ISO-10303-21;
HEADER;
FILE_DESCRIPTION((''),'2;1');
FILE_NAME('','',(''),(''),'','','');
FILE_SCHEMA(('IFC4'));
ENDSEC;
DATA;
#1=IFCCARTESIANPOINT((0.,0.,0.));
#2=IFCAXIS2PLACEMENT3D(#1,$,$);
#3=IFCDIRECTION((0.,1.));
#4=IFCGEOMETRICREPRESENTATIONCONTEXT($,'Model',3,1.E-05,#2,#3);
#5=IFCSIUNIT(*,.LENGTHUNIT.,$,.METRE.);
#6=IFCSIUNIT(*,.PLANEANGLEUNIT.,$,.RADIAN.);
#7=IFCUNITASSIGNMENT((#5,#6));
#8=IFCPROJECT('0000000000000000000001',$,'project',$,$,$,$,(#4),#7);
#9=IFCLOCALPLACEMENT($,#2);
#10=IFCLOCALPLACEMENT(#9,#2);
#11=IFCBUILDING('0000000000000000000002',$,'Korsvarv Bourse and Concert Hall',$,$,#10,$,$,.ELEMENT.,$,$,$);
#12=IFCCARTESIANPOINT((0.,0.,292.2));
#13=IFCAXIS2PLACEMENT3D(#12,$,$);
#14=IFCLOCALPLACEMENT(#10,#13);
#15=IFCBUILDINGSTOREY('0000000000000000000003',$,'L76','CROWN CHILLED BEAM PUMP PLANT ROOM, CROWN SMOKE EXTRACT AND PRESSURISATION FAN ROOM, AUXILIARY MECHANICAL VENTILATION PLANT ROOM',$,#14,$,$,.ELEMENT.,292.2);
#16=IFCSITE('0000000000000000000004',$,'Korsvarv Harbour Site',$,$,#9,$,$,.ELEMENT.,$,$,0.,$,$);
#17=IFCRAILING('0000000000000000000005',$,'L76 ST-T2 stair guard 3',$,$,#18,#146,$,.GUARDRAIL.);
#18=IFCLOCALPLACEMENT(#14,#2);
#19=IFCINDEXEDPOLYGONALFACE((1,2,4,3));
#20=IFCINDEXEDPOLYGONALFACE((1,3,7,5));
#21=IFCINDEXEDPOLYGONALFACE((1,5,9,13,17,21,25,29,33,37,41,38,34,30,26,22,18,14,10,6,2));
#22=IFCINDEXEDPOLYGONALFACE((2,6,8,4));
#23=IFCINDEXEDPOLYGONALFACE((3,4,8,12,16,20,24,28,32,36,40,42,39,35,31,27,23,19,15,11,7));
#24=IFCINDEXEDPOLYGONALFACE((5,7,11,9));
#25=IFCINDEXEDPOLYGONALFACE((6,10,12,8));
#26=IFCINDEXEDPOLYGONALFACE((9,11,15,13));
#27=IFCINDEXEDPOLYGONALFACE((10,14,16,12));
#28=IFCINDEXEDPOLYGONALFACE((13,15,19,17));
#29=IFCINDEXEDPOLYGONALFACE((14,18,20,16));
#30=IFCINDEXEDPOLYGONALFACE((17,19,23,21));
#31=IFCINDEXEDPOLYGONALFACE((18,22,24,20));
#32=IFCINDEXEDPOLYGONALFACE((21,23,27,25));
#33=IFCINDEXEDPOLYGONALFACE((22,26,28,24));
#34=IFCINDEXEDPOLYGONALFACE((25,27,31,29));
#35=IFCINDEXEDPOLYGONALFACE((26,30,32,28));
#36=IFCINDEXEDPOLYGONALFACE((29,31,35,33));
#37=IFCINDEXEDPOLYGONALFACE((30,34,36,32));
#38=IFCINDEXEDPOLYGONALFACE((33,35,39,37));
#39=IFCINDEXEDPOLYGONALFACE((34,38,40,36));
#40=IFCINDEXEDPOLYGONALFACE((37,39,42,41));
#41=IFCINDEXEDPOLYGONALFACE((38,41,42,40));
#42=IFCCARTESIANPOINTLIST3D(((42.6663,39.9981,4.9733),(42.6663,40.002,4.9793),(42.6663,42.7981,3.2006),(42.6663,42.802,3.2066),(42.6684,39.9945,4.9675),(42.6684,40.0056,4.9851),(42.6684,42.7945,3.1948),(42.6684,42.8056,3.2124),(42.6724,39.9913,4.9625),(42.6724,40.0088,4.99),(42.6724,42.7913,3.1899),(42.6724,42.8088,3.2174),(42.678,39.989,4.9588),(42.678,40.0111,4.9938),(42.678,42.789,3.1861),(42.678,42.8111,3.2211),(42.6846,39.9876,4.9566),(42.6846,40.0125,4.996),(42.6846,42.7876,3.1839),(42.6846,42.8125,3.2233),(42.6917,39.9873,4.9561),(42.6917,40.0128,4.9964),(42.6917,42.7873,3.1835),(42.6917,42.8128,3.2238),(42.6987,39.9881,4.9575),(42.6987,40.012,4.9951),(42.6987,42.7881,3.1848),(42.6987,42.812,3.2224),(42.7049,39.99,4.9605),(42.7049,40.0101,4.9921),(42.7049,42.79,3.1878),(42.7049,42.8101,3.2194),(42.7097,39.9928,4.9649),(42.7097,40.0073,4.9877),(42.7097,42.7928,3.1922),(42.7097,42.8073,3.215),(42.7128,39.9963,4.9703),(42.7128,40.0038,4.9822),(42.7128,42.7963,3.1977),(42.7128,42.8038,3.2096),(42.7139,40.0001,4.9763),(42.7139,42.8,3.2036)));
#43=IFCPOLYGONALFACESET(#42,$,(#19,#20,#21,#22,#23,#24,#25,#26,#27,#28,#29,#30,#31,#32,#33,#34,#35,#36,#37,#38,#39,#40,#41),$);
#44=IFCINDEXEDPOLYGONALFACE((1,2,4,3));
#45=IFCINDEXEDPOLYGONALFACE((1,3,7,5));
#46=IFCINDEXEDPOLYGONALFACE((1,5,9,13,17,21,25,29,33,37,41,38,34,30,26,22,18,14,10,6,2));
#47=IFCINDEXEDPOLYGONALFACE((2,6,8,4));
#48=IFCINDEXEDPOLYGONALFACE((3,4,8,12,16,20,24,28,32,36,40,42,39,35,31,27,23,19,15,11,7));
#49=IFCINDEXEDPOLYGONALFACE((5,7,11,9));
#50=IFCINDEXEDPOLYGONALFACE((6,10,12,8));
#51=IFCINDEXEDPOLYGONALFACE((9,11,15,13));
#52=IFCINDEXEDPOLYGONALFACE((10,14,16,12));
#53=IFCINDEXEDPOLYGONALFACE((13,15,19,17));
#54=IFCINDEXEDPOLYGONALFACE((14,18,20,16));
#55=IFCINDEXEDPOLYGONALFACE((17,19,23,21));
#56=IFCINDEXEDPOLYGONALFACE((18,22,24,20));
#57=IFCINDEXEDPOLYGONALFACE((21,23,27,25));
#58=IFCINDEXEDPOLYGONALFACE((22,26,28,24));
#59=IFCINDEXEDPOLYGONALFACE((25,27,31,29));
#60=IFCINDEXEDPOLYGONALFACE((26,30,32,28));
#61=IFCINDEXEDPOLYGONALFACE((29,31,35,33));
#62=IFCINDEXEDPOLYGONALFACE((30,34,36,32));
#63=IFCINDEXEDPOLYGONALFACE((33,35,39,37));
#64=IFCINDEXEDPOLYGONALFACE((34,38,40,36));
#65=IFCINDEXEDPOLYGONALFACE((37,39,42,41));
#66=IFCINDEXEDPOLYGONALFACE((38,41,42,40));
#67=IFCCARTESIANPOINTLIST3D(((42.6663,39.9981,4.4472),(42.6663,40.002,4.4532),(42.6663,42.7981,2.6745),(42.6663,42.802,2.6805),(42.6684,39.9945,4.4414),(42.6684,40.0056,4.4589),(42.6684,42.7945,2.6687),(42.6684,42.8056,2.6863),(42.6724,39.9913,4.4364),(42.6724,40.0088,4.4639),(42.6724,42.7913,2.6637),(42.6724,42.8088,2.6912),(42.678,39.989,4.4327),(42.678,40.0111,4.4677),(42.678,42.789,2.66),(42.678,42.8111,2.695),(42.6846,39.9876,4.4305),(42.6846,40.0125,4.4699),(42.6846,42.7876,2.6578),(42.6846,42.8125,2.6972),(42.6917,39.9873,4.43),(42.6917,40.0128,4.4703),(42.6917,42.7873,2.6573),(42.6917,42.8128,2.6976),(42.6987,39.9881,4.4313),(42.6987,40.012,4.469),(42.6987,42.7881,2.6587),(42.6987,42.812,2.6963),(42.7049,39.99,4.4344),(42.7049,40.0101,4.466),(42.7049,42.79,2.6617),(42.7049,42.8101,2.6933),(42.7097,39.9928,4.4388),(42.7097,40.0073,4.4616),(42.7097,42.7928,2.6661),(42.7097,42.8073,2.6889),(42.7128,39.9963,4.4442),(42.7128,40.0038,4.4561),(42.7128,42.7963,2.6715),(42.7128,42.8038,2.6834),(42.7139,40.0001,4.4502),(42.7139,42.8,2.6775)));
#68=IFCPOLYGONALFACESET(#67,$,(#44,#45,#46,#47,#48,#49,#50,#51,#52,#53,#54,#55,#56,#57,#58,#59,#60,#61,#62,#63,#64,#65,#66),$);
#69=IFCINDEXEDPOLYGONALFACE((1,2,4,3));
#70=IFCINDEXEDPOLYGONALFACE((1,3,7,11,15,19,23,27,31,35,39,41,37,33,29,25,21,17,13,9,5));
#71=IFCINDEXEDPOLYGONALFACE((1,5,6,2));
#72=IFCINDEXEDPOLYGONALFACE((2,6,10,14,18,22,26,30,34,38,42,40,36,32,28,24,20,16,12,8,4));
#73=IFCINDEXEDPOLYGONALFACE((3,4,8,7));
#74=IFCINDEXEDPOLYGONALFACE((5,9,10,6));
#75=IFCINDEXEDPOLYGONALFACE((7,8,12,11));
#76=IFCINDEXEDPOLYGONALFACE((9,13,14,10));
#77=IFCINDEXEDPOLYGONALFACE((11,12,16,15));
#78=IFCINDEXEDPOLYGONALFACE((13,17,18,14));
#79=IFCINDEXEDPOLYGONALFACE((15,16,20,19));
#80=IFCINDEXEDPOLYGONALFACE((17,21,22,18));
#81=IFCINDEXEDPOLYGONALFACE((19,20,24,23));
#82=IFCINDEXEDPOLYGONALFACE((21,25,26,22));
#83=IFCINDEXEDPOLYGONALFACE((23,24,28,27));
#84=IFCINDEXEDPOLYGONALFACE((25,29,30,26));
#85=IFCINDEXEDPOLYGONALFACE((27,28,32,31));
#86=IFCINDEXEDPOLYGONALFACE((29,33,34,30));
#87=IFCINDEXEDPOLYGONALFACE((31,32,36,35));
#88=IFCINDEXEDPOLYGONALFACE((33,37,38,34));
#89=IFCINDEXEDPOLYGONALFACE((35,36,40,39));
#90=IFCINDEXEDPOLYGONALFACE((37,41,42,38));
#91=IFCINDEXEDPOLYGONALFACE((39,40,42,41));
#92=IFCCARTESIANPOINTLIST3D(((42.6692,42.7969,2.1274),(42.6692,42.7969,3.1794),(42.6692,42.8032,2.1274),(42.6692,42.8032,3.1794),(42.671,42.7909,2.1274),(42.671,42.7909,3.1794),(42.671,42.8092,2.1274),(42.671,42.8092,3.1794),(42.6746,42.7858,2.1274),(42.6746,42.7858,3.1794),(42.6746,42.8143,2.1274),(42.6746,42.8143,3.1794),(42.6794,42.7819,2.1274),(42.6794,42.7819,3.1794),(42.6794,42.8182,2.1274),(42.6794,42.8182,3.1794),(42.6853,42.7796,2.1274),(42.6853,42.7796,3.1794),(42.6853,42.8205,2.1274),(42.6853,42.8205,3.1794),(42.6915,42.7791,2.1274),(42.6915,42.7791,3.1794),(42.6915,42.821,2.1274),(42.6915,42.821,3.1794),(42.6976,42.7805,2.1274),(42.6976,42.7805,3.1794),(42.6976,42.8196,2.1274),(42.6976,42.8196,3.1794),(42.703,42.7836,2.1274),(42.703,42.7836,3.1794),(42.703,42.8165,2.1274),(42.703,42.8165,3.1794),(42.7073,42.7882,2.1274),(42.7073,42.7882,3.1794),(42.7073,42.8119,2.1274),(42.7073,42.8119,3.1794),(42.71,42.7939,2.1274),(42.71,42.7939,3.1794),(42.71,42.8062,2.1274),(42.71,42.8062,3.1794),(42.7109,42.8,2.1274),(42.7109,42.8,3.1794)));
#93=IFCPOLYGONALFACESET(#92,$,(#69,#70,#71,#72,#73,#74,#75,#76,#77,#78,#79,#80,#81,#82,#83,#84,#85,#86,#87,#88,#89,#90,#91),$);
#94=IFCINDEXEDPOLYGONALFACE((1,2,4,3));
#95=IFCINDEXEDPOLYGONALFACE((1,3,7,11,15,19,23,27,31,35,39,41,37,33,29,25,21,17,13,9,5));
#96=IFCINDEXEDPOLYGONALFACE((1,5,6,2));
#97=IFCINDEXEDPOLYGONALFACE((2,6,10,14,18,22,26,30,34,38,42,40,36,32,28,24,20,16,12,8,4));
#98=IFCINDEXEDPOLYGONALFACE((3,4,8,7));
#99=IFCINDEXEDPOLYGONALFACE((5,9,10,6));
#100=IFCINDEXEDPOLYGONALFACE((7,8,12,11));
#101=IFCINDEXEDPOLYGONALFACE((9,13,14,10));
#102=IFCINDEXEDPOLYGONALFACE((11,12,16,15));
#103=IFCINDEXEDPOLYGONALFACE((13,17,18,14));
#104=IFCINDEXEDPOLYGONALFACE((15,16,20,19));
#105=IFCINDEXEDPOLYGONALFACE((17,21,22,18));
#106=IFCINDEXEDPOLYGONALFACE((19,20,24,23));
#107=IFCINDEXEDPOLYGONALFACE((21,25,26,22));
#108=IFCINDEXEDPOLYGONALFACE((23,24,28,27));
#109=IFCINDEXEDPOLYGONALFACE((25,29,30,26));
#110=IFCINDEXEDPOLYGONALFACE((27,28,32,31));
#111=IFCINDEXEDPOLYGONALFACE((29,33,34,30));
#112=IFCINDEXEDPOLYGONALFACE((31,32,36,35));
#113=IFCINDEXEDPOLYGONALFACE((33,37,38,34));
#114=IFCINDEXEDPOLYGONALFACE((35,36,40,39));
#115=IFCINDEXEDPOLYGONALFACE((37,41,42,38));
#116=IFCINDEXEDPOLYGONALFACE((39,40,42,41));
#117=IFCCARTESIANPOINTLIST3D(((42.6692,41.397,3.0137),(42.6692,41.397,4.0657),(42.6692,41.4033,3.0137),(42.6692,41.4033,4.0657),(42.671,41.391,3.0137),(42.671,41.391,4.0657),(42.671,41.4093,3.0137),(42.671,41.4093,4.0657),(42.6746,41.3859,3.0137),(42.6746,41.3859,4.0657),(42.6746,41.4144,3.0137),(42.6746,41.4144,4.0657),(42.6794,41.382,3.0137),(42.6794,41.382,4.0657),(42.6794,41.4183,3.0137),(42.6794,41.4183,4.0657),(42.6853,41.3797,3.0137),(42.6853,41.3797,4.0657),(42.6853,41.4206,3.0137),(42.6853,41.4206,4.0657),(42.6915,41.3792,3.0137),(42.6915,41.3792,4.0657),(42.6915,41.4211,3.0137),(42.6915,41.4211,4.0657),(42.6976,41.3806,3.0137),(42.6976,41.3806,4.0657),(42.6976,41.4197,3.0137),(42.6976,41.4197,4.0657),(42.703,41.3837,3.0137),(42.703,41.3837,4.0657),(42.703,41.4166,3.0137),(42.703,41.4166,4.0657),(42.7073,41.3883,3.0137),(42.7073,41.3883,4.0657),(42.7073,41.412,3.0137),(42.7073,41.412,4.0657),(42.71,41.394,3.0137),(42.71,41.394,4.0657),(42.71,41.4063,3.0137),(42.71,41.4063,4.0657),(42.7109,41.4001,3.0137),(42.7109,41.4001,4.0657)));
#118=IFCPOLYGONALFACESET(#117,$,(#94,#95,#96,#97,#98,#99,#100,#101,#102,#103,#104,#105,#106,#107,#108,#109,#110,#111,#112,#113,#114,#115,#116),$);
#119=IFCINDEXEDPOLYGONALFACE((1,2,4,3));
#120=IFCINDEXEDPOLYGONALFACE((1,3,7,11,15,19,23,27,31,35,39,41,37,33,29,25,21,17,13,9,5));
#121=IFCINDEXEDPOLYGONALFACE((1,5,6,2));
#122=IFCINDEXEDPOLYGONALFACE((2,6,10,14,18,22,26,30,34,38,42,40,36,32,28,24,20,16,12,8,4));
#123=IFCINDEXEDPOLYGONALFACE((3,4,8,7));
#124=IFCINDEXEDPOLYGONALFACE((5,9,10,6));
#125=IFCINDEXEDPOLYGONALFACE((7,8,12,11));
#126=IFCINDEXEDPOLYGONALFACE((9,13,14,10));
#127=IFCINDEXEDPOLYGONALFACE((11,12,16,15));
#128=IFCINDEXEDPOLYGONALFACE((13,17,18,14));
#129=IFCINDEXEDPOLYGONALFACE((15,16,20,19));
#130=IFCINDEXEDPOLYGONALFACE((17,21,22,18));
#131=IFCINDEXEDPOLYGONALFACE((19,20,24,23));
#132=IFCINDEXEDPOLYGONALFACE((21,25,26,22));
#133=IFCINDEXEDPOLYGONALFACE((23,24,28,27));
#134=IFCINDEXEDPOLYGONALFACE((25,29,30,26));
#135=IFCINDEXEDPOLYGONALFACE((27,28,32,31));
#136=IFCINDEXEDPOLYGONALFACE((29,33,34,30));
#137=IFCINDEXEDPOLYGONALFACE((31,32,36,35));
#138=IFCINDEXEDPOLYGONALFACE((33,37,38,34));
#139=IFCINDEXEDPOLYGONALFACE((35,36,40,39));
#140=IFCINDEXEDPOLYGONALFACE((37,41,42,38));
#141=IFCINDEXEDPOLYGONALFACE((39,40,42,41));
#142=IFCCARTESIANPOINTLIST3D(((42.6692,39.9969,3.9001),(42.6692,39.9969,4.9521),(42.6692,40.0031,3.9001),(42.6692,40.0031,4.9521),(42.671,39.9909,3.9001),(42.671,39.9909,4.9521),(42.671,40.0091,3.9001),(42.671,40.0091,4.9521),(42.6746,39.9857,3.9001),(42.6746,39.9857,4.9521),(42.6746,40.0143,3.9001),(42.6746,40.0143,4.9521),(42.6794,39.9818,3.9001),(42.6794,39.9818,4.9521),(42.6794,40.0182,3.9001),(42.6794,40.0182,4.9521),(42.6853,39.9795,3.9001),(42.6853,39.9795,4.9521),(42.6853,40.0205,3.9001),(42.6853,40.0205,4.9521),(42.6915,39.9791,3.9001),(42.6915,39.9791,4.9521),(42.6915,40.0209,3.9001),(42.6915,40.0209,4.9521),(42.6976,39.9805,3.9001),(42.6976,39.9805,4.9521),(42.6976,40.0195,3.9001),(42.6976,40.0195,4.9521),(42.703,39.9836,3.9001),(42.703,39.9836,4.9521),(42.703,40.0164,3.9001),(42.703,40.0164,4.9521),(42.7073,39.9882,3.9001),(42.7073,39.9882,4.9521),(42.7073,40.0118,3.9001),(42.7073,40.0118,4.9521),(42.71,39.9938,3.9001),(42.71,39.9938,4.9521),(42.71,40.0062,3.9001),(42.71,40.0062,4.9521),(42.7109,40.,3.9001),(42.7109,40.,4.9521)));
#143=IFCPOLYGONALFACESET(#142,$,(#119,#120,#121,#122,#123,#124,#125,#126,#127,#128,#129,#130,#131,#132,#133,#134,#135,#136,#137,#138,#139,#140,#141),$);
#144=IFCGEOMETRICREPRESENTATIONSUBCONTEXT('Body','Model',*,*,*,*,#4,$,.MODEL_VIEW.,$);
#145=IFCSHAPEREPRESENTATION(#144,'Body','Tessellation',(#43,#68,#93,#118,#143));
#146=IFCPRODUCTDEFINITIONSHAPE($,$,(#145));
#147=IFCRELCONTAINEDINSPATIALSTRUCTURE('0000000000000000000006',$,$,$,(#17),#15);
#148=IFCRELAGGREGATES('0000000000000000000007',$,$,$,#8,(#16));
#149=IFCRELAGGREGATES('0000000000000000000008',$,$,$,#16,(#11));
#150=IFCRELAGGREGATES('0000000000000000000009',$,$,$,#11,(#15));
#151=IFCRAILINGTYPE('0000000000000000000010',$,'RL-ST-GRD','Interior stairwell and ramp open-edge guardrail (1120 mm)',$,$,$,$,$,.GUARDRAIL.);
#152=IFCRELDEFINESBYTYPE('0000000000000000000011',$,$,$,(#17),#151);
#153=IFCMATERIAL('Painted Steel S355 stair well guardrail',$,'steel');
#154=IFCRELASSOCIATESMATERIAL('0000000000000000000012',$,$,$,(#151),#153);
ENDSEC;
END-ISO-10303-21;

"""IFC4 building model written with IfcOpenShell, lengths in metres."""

from ifc_helpers import new_model, si_unit, direction, frame, origin, origin_2d, place, context, subcontext, project, spatial, circle, extrude, material, type_object, element, save


model = new_model("IFC4")

# Units and contexts
model_context = context("Model", 3, precision=1e-05, world=origin(), true_north=direction((0.0, 1.0)))
body_context = subcontext(model_context, "Body", "Model", "MODEL_VIEW")
ifc_project = project(units=[si_unit("LENGTHUNIT", "METRE"), si_unit("PLANEANGLEUNIT", "RADIAN")], contexts=[model_context])

# Site, building, storey
site_placement = place(None, origin())
site = spatial("IfcSite", under=ifc_project, at=site_placement, Name="Korsvarv Harbour Site", CompositionType="ELEMENT", RefElevation=0.0)
building_placement = place(site_placement, origin())
building = spatial("IfcBuilding", under=site, at=building_placement, Name="Korsvarv Bourse and Concert Hall", CompositionType="ELEMENT")
storey_placement = place(building_placement, frame((0.0, 0.0, 292.2)))
storey = spatial("IfcBuildingStorey", under=building, at=storey_placement, Name="L76", Description="CROWN CHILLED BEAM PUMP PLANT ROOM, CROWN SMOKE EXTRACT AND PRESSURISATION FAN ROOM, AUXILIARY MECHANICAL VENTILATION PLANT ROOM", CompositionType="ELEMENT", Elevation=292.2)

# Railing
ifc_material_1 = material(Name="Painted Steel S355 stair well guardrail", Category="steel")
railing_type_1 = type_object("IfcRailingType", Name="RL-ST-GRD", Description="Interior stairwell and ramp open-edge guardrail (1120 mm)", PredefinedType="GUARDRAIL", material=ifc_material_1)
railing_1_placement = place(storey_placement, frame((42.6899, 42.8, 2.1274)))
element("IfcRailing", 1, at=railing_1_placement, inside=storey, type_object=railing_type_1, Name="L76 ST-T2 stair guard 3", PredefinedType="GUARDRAIL", context=body_context, shape_type="SweptSolid", body=[
    extrude(circle(Radius=0.0239, at=origin_2d()), frame((0.0, 0.0, 1.0762), z_axis=(0.0, -0.844909, 0.53491), x_axis=(1.0, 0.0, 0.0)), (0.0, 0.0, 1.0), 3.314),
    extrude(circle(Radius=0.0239, at=origin_2d()), frame((0.0, 0.0, 0.55), z_axis=(0.0, -0.844909, 0.53491), x_axis=(1.0, 0.0, 0.0)), (0.0, 0.0, 1.0), 3.314),
    extrude(circle(Radius=0.021, at=origin_2d()), origin(), (0.0, 0.0, 1.0), 1.052),
    extrude(circle(Radius=0.021, at=origin_2d()), frame((0.0, -1.3999, 0.8862)), (0.0, 0.0, 1.0), 1.052),
    extrude(circle(Radius=0.021, at=origin_2d()), frame((0.0, -2.8, 1.7727)), (0.0, 0.0, 1.0), 1.052),
])

save(model, "model.ifc")
